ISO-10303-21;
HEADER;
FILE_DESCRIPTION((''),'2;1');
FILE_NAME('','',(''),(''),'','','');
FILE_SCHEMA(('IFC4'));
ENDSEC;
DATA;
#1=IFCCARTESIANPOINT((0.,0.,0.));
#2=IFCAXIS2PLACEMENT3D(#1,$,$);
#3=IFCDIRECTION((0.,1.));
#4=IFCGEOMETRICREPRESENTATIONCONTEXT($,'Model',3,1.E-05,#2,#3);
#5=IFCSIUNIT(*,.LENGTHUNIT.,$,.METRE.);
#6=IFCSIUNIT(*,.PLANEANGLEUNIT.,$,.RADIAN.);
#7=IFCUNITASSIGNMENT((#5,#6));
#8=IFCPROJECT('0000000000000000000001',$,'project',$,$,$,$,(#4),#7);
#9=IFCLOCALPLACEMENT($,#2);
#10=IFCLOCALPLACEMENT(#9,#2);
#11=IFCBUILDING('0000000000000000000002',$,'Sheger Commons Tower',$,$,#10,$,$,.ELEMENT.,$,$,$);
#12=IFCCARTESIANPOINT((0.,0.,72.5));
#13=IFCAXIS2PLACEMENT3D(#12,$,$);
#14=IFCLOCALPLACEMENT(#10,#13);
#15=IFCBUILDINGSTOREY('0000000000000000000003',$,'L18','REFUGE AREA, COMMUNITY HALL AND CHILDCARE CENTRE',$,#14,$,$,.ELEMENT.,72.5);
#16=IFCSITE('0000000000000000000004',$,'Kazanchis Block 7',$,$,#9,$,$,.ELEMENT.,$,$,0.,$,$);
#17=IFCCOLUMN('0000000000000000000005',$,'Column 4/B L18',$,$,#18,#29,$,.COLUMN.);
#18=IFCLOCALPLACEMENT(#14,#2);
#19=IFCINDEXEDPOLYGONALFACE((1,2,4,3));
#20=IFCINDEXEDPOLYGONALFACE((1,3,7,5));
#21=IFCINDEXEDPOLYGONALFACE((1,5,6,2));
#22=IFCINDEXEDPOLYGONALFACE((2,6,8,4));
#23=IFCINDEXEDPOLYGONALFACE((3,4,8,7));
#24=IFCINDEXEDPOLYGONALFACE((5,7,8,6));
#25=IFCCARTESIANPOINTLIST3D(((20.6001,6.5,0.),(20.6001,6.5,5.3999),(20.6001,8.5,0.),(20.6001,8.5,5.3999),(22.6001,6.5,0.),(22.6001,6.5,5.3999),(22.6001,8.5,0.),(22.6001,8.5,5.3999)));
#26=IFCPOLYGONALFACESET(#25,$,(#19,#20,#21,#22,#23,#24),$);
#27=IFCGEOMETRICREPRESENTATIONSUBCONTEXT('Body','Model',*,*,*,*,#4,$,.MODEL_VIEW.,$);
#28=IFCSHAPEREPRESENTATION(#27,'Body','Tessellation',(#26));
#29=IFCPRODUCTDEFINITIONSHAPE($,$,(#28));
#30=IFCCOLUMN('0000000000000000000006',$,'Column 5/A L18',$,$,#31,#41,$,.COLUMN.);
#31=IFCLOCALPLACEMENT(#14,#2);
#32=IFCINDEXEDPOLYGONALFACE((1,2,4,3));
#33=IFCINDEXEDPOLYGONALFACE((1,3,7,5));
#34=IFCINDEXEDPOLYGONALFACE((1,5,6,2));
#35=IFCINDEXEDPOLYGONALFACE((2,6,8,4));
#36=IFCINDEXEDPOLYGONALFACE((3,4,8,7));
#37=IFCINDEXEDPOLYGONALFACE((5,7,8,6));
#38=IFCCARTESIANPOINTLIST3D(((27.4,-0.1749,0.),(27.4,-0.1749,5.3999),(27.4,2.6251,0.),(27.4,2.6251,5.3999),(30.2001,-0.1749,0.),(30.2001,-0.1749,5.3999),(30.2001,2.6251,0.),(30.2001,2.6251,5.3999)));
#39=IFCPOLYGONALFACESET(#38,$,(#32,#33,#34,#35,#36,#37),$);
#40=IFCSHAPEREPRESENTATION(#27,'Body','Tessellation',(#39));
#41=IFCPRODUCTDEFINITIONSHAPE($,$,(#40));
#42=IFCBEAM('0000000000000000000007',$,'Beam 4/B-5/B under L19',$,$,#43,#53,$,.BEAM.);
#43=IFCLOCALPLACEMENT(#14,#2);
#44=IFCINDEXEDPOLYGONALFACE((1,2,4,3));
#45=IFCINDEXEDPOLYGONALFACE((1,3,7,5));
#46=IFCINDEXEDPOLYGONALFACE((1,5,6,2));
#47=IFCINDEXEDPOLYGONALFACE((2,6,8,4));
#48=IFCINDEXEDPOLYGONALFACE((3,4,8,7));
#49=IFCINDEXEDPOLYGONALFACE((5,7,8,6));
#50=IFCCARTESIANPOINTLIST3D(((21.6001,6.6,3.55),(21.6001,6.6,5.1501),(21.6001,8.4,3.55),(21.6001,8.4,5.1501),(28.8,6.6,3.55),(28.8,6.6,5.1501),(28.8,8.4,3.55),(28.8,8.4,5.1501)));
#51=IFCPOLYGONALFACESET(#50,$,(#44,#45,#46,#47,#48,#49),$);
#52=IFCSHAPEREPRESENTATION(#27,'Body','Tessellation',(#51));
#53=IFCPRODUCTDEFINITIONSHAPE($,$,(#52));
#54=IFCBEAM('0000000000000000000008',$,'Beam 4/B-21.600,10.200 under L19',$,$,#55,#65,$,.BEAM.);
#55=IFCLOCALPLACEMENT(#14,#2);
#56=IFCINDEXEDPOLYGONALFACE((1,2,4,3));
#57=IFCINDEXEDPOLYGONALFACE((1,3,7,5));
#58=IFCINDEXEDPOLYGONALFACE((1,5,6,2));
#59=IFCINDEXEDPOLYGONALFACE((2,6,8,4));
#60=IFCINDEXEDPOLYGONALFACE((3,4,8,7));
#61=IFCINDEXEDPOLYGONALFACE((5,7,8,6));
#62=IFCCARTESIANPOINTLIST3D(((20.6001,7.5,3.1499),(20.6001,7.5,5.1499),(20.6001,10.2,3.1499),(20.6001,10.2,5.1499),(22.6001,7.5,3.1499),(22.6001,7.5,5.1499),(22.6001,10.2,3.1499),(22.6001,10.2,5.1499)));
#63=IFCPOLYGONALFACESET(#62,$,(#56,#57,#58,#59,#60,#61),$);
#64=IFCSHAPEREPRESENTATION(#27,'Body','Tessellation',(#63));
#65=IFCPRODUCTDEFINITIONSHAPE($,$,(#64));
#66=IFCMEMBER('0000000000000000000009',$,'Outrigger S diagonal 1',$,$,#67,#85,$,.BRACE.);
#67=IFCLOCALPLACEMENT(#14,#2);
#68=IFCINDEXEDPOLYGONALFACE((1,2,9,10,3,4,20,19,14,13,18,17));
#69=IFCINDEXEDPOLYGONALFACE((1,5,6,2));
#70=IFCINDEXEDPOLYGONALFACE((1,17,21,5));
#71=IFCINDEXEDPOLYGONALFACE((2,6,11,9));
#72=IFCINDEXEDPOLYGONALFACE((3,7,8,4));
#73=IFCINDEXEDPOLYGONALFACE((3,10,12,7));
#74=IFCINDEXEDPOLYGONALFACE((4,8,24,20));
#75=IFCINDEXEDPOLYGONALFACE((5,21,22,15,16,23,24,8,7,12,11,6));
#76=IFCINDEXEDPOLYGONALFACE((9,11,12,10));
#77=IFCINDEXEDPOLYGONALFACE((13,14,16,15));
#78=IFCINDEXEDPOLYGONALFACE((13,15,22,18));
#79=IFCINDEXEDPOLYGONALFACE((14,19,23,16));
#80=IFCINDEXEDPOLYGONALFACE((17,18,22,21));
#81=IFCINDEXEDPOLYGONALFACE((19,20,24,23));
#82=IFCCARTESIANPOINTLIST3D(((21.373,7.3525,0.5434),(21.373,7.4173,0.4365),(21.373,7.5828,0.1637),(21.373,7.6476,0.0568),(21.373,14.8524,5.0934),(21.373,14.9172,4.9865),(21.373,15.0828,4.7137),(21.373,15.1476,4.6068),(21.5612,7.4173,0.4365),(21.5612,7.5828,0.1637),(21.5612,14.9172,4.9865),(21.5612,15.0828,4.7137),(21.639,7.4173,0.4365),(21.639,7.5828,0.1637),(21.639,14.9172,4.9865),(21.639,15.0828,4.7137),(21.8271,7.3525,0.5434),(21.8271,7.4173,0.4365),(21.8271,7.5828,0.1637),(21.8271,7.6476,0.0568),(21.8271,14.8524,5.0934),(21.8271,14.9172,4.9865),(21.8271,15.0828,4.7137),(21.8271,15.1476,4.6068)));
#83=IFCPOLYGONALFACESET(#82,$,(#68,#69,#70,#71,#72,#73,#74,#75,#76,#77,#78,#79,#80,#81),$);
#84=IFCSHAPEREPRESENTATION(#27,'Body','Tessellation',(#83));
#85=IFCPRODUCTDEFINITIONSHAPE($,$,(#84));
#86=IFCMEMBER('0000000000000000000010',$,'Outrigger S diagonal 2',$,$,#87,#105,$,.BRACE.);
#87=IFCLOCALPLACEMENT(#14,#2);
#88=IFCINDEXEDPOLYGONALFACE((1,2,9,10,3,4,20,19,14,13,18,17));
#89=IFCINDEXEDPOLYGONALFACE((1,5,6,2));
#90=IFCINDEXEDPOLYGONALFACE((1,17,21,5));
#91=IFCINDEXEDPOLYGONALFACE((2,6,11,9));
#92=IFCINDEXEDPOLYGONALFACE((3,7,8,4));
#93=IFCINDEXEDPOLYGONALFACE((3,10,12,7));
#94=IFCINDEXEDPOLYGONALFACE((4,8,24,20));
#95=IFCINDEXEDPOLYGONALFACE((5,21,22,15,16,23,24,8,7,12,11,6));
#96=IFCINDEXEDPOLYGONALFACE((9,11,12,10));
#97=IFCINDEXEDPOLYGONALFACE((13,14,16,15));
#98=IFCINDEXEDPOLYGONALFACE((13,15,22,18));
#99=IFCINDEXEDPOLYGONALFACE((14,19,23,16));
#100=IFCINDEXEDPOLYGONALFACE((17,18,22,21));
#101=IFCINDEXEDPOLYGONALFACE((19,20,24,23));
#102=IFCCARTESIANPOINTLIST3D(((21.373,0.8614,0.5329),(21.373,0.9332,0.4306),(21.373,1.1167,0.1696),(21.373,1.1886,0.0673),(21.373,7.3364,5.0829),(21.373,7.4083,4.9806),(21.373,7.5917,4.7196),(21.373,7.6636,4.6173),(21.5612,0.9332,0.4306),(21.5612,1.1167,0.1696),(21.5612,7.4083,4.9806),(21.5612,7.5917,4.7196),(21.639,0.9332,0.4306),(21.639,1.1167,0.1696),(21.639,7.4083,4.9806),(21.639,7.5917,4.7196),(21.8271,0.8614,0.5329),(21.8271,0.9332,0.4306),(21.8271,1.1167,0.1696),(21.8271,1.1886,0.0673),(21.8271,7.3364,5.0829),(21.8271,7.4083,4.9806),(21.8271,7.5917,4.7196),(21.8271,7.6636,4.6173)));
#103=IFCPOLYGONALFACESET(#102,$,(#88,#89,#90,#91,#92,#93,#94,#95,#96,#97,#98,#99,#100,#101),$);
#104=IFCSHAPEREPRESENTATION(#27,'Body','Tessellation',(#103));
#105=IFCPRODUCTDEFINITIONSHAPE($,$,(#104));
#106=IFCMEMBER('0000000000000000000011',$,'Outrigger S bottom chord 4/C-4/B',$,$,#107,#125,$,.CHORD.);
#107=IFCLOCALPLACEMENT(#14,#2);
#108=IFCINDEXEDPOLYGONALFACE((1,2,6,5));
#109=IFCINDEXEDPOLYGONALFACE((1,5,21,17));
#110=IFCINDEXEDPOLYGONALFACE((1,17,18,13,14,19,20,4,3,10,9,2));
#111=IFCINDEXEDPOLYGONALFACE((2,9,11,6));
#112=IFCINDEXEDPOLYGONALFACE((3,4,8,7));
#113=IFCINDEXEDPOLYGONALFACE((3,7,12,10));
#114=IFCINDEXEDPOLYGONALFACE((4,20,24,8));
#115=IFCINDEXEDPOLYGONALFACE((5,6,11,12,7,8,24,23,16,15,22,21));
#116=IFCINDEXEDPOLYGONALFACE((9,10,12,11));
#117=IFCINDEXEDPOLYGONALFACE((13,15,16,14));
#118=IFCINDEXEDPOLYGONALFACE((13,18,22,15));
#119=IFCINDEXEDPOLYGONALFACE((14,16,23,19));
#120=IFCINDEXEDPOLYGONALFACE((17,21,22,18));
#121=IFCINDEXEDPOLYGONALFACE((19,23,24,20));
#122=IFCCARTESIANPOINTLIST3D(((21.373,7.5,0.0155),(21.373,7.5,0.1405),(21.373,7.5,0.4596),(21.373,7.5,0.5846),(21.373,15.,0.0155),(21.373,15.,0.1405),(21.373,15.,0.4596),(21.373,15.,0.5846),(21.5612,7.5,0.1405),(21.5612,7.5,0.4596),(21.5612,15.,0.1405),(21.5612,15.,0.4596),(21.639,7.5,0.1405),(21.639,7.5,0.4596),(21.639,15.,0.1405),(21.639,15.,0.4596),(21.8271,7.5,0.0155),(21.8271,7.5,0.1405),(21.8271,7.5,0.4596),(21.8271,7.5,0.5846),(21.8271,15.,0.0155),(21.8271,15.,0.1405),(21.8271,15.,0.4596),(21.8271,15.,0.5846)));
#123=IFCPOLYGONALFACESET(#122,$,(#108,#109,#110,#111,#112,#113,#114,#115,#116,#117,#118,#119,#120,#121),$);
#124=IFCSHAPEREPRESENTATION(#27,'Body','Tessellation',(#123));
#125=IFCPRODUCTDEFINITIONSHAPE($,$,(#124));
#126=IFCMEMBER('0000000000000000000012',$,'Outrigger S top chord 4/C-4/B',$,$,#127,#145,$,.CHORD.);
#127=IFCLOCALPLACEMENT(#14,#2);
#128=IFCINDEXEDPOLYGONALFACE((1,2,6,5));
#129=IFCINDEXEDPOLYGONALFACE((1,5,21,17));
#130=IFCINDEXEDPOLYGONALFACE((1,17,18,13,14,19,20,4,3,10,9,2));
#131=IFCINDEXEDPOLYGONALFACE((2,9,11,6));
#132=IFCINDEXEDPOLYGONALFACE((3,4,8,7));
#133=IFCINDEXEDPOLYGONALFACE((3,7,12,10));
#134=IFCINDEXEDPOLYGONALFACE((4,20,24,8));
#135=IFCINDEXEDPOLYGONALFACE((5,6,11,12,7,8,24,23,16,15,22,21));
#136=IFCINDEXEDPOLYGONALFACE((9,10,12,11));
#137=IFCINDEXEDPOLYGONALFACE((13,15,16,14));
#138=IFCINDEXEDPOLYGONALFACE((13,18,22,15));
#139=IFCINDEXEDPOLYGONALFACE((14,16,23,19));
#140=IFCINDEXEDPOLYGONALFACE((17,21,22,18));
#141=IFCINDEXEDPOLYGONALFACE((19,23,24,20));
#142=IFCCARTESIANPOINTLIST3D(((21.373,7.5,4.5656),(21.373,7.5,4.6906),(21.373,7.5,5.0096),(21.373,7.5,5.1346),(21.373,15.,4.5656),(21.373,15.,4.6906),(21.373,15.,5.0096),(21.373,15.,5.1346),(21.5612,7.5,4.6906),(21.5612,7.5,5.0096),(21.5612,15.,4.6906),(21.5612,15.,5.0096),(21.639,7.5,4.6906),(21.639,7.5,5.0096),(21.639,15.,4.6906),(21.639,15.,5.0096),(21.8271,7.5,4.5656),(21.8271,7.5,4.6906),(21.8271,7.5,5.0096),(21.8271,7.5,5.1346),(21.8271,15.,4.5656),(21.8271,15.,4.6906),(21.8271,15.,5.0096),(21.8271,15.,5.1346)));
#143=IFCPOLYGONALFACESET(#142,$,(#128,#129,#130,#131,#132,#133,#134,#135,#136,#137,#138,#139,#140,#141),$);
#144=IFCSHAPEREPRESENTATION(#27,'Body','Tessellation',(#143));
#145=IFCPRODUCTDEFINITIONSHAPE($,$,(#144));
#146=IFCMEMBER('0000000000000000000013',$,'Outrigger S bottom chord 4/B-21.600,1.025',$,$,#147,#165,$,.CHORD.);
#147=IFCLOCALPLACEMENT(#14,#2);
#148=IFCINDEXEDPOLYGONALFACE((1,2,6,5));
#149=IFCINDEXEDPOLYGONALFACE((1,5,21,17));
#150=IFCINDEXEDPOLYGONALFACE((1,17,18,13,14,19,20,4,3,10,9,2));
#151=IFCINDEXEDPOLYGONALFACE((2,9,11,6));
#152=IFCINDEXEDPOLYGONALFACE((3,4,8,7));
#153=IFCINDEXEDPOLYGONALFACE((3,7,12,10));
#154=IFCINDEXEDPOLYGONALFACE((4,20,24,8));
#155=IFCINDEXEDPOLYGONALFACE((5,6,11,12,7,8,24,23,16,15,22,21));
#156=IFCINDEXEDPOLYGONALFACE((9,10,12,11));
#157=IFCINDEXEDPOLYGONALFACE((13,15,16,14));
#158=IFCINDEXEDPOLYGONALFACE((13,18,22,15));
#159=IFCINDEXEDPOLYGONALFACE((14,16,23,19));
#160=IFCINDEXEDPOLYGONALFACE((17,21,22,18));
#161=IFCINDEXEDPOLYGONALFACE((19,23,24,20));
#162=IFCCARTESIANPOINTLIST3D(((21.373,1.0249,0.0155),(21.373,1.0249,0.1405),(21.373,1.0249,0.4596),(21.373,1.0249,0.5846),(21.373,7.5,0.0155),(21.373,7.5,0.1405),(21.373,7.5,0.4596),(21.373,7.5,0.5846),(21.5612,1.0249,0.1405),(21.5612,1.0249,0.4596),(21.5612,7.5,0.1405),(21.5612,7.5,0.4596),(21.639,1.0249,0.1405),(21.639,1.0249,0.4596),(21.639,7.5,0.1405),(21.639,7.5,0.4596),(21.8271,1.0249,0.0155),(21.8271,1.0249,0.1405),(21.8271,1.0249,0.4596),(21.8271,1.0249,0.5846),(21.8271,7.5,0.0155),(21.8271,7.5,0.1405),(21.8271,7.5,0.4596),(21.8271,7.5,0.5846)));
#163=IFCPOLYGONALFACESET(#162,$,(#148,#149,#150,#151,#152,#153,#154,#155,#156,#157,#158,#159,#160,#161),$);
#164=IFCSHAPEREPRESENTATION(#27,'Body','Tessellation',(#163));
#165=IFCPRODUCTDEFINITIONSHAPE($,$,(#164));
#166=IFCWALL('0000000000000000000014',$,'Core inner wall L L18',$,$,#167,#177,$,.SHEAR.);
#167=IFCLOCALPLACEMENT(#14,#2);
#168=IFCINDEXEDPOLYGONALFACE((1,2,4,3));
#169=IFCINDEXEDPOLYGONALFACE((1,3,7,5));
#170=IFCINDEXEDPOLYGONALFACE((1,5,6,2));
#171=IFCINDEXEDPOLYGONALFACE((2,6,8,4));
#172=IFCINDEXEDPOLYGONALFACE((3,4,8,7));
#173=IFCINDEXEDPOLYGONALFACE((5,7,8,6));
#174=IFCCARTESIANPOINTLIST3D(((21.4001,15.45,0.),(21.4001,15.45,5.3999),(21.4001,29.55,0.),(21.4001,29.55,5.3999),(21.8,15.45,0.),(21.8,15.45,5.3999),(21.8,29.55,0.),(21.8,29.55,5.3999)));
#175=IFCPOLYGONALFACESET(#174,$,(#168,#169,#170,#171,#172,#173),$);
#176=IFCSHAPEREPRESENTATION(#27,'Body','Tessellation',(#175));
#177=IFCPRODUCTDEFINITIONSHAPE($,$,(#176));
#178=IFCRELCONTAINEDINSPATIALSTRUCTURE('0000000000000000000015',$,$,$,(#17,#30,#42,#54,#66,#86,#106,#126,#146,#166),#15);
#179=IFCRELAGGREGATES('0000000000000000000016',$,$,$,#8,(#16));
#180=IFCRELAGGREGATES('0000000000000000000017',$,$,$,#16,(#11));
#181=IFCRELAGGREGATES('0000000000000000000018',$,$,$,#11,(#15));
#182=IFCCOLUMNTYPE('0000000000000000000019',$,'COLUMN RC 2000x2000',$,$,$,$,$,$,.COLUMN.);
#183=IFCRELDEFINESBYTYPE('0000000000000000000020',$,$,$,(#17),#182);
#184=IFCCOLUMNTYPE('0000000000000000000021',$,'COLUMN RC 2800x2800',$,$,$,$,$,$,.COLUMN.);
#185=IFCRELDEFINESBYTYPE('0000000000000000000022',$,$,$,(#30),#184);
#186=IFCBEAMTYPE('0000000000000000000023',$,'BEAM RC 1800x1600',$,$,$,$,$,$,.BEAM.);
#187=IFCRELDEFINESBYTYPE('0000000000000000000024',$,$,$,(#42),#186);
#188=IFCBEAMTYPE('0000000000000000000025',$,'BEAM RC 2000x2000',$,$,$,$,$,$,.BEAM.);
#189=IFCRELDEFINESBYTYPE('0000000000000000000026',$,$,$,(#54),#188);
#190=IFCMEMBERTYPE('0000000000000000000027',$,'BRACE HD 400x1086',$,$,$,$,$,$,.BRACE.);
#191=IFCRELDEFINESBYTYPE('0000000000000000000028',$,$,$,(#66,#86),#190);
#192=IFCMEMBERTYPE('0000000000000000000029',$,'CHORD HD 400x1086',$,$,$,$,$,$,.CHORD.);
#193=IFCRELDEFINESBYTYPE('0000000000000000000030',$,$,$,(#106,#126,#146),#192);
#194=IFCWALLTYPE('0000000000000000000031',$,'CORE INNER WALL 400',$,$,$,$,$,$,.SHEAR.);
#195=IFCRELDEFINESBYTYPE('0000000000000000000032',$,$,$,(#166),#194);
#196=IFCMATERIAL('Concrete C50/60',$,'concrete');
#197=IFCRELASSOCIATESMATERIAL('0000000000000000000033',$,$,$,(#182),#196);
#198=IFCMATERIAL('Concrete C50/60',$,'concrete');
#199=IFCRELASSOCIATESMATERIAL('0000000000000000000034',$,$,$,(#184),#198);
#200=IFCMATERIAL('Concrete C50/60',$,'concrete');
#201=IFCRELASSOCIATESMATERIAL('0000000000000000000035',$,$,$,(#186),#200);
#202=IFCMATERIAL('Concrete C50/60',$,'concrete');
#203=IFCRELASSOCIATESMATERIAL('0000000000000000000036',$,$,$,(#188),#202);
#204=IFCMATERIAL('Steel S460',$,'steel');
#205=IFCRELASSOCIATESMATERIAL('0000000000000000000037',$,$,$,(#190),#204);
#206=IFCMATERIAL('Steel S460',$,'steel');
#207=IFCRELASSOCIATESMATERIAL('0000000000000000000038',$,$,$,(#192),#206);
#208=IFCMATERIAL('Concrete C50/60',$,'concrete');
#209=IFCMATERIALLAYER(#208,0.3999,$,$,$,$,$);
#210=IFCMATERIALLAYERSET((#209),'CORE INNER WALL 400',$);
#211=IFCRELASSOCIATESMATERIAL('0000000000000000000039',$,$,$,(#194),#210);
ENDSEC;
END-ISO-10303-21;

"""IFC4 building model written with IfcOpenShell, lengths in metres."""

from ifc_helpers import new_model, si_unit, direction, frame, frame_2d, origin, origin_2d, place, context, subcontext, project, spatial, rectangle, i_section, extrude, material, layer, layer_set, material_profile, profile_set, type_object, element, save


model = new_model("IFC4")

# Units and contexts
model_context = context("Model", 3, precision=1e-05, world=origin(), true_north=direction((0.0, 1.0)))
body_context = subcontext(model_context, "Body", "Model", "MODEL_VIEW")
ifc_project = project(units=[si_unit("LENGTHUNIT", "METRE"), si_unit("PLANEANGLEUNIT", "RADIAN")], contexts=[model_context])

# Site, building, storey
site_placement = place(None, origin())
site = spatial("IfcSite", under=ifc_project, at=site_placement, Name="Kazanchis Block 7", CompositionType="ELEMENT", RefElevation=0.0)
building_placement = place(site_placement, origin())
building = spatial("IfcBuilding", under=site, at=building_placement, Name="Sheger Commons Tower", CompositionType="ELEMENT")
storey_placement = place(building_placement, frame((0.0, 0.0, 72.5)))
storey = spatial("IfcBuildingStorey", under=building, at=storey_placement, Name="L18", Description="REFUGE AREA, COMMUNITY HALL AND CHILDCARE CENTRE", CompositionType="ELEMENT", Elevation=72.5)

# Columns
ifc_material_1 = material(Name="Concrete C50/60", Category="concrete")
ifc_material_profile_1 = material_profile(ifc_material_1, rectangle(XDim=2.0, YDim=2.0, at=origin_2d()), Name="RC 2000x2000")
ifc_profile_set_1 = profile_set([ifc_material_profile_1], Name="Concrete C50/60")
column_type_1 = type_object("IfcColumnType", Name="COLUMN RC 2000x2000", PredefinedType="COLUMN", material=ifc_profile_set_1)
column_1_placement = place(storey_placement, frame((21.6001, 7.5, 0.0), z_axis=(0.0, 0.0, 1.0), x_axis=(1.0, 0.0, 0.0)))
element("IfcColumn", 1, at=column_1_placement, inside=storey, type_object=column_type_1, Name="Column 4/B L18", PredefinedType="COLUMN", context=body_context, shape_type="SweptSolid", body=[
    extrude(rectangle(XDim=2.0, YDim=2.0, at=origin_2d()), origin(), (0.0, 0.0, 1.0), 5.3999),
])
ifc_material_2 = material(Name="Concrete C50/60", Category="concrete")
ifc_material_profile_2 = material_profile(ifc_material_2, rectangle(XDim=2.8, YDim=2.8, at=origin_2d()), Name="RC 2800x2800")
ifc_profile_set_2 = profile_set([ifc_material_profile_2], Name="Concrete C50/60")
column_type_2 = type_object("IfcColumnType", Name="COLUMN RC 2800x2800", PredefinedType="COLUMN", material=ifc_profile_set_2)
column_2_placement = place(storey_placement, frame((28.8, 1.2251, 0.0), z_axis=(0.0, 0.0, 1.0), x_axis=(1.0, 0.0, 0.0)))
element("IfcColumn", 2, at=column_2_placement, inside=storey, type_object=column_type_2, Name="Column 5/A L18", PredefinedType="COLUMN", context=body_context, shape_type="SweptSolid", body=[
    extrude(rectangle(XDim=2.8, YDim=2.8, at=origin_2d()), origin(), (0.0, 0.0, 1.0), 5.3999),
])

# Beams
ifc_material_3 = material(Name="Concrete C50/60", Category="concrete")
ifc_material_profile_3 = material_profile(ifc_material_3, rectangle(XDim=1.8, YDim=1.6001, at=origin_2d()), Name="RC 1800x1600")
ifc_profile_set_3 = profile_set([ifc_material_profile_3], Name="Concrete C50/60")
beam_type_1 = type_object("IfcBeamType", Name="BEAM RC 1800x1600", PredefinedType="BEAM", material=ifc_profile_set_3)
beam_1_placement = place(storey_placement, frame((21.6001, 7.5, 4.3501), z_axis=(1.0, 0.0, 0.0), x_axis=(0.0, 1.0, 0.0)))
element("IfcBeam", 3, at=beam_1_placement, inside=storey, type_object=beam_type_1, Name="Beam 4/B-5/B under L19", PredefinedType="BEAM", context=body_context, shape_type="SweptSolid", body=[
    extrude(rectangle(XDim=1.8, YDim=1.6001, at=origin_2d()), origin(), (0.0, 0.0, 1.0), 7.2),
])
ifc_material_4 = material(Name="Concrete C50/60", Category="concrete")
ifc_material_profile_4 = material_profile(ifc_material_4, rectangle(XDim=2.0, YDim=2.0, at=origin_2d()), Name="RC 2000x2000")
ifc_profile_set_4 = profile_set([ifc_material_profile_4], Name="Concrete C50/60")
beam_type_2 = type_object("IfcBeamType", Name="BEAM RC 2000x2000", PredefinedType="BEAM", material=ifc_profile_set_4)
beam_2_placement = place(storey_placement, frame((21.6001, 7.5, 4.1499), z_axis=(0.0, 1.0, 0.0), x_axis=(-1.0, 0.0, 0.0)))
element("IfcBeam", 4, at=beam_2_placement, inside=storey, type_object=beam_type_2, Name="Beam 4/B-21.600,10.200 under L19", PredefinedType="BEAM", context=body_context, shape_type="SweptSolid", body=[
    extrude(rectangle(XDim=2.0, YDim=2.0, at=origin_2d()), origin(), (0.0, 0.0, 1.0), 2.7),
])

# Members
ifc_material_5 = material(Name="Steel S460", Category="steel")
ifc_material_profile_5 = material_profile(ifc_material_5, i_section(OverallWidth=0.4541, OverallDepth=0.5691, WebThickness=0.0779, FlangeThickness=0.125, at=origin_2d()), Name="HD 400x1086")
ifc_profile_set_5 = profile_set([ifc_material_profile_5], Name="Steel S460")
member_type_1 = type_object("IfcMemberType", Name="BRACE HD 400x1086", PredefinedType="BRACE", material=ifc_profile_set_5)
member_1_placement = place(storey_placement, frame((21.6001, 15.0, 4.8501), z_axis=(0.0, -0.854966, -0.518685), x_axis=(1.0, 0.0, 0.0)))
element("IfcMember", 5, at=member_1_placement, inside=storey, type_object=member_type_1, Name="Outrigger S diagonal 1", PredefinedType="BRACE", context=body_context, shape_type="SweptSolid", body=[
    extrude(i_section(OverallWidth=0.4541, OverallDepth=0.5691, WebThickness=0.0779, FlangeThickness=0.125, at=origin_2d()), origin(), (0.0, 0.0, 1.0), 8.7722),
])
member_2_placement = place(storey_placement, frame((21.6001, 7.5, 4.8501), z_axis=(0.0, -0.818193, -0.574944), x_axis=(1.0, 0.0, 0.0)))
element("IfcMember", 6, at=member_2_placement, inside=storey, type_object=member_type_1, Name="Outrigger S diagonal 2", PredefinedType="BRACE", context=body_context, shape_type="SweptSolid", body=[
    extrude(i_section(OverallWidth=0.4541, OverallDepth=0.5691, WebThickness=0.0779, FlangeThickness=0.125, at=origin_2d()), origin(), (0.0, 0.0, 1.0), 7.9138),
])
ifc_material_6 = material(Name="Steel S460", Category="steel")
ifc_material_profile_6 = material_profile(ifc_material_6, i_section(OverallWidth=0.4541, OverallDepth=0.5691, WebThickness=0.0779, FlangeThickness=0.125, at=origin_2d()), Name="HD 400x1086")
ifc_profile_set_6 = profile_set([ifc_material_profile_6], Name="Steel S460")
member_type_2 = type_object("IfcMemberType", Name="CHORD HD 400x1086", PredefinedType="CHORD", material=ifc_profile_set_6)
for number, where, z_axis, x_axis, name in (
    (7, (21.6001, 15.0, 0.3), (0.0, -1.0, 0.0), (1.0, 0.0, 0.0), "Outrigger S bottom chord 4/C-4/B"),
    (8, (21.6001, 15.0, 4.8501), (0.0, -1.0, 0.0), (1.0, 0.0, 0.0), "Outrigger S top chord 4/C-4/B"),
):
    element("IfcMember", number, at=place(storey_placement, frame(where, z_axis=z_axis, x_axis=x_axis)), inside=storey, type_object=member_type_2, Name=name, PredefinedType="CHORD", context=body_context, shape_type="SweptSolid", body=[
        extrude(i_section(OverallWidth=0.4541, OverallDepth=0.5691, WebThickness=0.0779, FlangeThickness=0.125, at=origin_2d()), origin(), (0.0, 0.0, 1.0), 7.5),
    ])
member_3_placement = place(storey_placement, frame((21.6001, 7.5, 0.3), z_axis=(0.0, -1.0, 0.0), x_axis=(1.0, 0.0, 0.0)))
element("IfcMember", 9, at=member_3_placement, inside=storey, type_object=member_type_2, Name="Outrigger S bottom chord 4/B-21.600,1.025", PredefinedType="CHORD", context=body_context, shape_type="SweptSolid", body=[
    extrude(i_section(OverallWidth=0.4541, OverallDepth=0.5691, WebThickness=0.0779, FlangeThickness=0.125, at=origin_2d()), origin(), (0.0, 0.0, 1.0), 6.4751),
])

# Wall
ifc_material_7 = material(Name="Concrete C50/60", Category="concrete")
ifc_layer_1 = layer(ifc_material_7, 0.3999)
ifc_layer_set_1 = layer_set([ifc_layer_1], Name="CORE INNER WALL 400")
wall_type_1 = type_object("IfcWallType", Name="CORE INNER WALL 400", PredefinedType="SHEAR", material=ifc_layer_set_1)
for number, where, z_axis, x_axis, name in (
    (10, (21.6001, 15.45, 0.0), (0.0, 0.0, 1.0), (0.0, 1.0, 0.0), "Core inner wall L L18"),
):
    element("IfcWall", number, at=place(storey_placement, frame(where, z_axis=z_axis, x_axis=x_axis)), inside=storey, type_object=wall_type_1, Name=name, PredefinedType="SHEAR", context=body_context, shape_type="SweptSolid", body=[
        extrude(rectangle(XDim=14.1001, YDim=0.3999, at=frame_2d((7.05, 0.0))), origin(), (0.0, 0.0, 1.0), 5.3999),
    ])

save(model, "model.ifc")
